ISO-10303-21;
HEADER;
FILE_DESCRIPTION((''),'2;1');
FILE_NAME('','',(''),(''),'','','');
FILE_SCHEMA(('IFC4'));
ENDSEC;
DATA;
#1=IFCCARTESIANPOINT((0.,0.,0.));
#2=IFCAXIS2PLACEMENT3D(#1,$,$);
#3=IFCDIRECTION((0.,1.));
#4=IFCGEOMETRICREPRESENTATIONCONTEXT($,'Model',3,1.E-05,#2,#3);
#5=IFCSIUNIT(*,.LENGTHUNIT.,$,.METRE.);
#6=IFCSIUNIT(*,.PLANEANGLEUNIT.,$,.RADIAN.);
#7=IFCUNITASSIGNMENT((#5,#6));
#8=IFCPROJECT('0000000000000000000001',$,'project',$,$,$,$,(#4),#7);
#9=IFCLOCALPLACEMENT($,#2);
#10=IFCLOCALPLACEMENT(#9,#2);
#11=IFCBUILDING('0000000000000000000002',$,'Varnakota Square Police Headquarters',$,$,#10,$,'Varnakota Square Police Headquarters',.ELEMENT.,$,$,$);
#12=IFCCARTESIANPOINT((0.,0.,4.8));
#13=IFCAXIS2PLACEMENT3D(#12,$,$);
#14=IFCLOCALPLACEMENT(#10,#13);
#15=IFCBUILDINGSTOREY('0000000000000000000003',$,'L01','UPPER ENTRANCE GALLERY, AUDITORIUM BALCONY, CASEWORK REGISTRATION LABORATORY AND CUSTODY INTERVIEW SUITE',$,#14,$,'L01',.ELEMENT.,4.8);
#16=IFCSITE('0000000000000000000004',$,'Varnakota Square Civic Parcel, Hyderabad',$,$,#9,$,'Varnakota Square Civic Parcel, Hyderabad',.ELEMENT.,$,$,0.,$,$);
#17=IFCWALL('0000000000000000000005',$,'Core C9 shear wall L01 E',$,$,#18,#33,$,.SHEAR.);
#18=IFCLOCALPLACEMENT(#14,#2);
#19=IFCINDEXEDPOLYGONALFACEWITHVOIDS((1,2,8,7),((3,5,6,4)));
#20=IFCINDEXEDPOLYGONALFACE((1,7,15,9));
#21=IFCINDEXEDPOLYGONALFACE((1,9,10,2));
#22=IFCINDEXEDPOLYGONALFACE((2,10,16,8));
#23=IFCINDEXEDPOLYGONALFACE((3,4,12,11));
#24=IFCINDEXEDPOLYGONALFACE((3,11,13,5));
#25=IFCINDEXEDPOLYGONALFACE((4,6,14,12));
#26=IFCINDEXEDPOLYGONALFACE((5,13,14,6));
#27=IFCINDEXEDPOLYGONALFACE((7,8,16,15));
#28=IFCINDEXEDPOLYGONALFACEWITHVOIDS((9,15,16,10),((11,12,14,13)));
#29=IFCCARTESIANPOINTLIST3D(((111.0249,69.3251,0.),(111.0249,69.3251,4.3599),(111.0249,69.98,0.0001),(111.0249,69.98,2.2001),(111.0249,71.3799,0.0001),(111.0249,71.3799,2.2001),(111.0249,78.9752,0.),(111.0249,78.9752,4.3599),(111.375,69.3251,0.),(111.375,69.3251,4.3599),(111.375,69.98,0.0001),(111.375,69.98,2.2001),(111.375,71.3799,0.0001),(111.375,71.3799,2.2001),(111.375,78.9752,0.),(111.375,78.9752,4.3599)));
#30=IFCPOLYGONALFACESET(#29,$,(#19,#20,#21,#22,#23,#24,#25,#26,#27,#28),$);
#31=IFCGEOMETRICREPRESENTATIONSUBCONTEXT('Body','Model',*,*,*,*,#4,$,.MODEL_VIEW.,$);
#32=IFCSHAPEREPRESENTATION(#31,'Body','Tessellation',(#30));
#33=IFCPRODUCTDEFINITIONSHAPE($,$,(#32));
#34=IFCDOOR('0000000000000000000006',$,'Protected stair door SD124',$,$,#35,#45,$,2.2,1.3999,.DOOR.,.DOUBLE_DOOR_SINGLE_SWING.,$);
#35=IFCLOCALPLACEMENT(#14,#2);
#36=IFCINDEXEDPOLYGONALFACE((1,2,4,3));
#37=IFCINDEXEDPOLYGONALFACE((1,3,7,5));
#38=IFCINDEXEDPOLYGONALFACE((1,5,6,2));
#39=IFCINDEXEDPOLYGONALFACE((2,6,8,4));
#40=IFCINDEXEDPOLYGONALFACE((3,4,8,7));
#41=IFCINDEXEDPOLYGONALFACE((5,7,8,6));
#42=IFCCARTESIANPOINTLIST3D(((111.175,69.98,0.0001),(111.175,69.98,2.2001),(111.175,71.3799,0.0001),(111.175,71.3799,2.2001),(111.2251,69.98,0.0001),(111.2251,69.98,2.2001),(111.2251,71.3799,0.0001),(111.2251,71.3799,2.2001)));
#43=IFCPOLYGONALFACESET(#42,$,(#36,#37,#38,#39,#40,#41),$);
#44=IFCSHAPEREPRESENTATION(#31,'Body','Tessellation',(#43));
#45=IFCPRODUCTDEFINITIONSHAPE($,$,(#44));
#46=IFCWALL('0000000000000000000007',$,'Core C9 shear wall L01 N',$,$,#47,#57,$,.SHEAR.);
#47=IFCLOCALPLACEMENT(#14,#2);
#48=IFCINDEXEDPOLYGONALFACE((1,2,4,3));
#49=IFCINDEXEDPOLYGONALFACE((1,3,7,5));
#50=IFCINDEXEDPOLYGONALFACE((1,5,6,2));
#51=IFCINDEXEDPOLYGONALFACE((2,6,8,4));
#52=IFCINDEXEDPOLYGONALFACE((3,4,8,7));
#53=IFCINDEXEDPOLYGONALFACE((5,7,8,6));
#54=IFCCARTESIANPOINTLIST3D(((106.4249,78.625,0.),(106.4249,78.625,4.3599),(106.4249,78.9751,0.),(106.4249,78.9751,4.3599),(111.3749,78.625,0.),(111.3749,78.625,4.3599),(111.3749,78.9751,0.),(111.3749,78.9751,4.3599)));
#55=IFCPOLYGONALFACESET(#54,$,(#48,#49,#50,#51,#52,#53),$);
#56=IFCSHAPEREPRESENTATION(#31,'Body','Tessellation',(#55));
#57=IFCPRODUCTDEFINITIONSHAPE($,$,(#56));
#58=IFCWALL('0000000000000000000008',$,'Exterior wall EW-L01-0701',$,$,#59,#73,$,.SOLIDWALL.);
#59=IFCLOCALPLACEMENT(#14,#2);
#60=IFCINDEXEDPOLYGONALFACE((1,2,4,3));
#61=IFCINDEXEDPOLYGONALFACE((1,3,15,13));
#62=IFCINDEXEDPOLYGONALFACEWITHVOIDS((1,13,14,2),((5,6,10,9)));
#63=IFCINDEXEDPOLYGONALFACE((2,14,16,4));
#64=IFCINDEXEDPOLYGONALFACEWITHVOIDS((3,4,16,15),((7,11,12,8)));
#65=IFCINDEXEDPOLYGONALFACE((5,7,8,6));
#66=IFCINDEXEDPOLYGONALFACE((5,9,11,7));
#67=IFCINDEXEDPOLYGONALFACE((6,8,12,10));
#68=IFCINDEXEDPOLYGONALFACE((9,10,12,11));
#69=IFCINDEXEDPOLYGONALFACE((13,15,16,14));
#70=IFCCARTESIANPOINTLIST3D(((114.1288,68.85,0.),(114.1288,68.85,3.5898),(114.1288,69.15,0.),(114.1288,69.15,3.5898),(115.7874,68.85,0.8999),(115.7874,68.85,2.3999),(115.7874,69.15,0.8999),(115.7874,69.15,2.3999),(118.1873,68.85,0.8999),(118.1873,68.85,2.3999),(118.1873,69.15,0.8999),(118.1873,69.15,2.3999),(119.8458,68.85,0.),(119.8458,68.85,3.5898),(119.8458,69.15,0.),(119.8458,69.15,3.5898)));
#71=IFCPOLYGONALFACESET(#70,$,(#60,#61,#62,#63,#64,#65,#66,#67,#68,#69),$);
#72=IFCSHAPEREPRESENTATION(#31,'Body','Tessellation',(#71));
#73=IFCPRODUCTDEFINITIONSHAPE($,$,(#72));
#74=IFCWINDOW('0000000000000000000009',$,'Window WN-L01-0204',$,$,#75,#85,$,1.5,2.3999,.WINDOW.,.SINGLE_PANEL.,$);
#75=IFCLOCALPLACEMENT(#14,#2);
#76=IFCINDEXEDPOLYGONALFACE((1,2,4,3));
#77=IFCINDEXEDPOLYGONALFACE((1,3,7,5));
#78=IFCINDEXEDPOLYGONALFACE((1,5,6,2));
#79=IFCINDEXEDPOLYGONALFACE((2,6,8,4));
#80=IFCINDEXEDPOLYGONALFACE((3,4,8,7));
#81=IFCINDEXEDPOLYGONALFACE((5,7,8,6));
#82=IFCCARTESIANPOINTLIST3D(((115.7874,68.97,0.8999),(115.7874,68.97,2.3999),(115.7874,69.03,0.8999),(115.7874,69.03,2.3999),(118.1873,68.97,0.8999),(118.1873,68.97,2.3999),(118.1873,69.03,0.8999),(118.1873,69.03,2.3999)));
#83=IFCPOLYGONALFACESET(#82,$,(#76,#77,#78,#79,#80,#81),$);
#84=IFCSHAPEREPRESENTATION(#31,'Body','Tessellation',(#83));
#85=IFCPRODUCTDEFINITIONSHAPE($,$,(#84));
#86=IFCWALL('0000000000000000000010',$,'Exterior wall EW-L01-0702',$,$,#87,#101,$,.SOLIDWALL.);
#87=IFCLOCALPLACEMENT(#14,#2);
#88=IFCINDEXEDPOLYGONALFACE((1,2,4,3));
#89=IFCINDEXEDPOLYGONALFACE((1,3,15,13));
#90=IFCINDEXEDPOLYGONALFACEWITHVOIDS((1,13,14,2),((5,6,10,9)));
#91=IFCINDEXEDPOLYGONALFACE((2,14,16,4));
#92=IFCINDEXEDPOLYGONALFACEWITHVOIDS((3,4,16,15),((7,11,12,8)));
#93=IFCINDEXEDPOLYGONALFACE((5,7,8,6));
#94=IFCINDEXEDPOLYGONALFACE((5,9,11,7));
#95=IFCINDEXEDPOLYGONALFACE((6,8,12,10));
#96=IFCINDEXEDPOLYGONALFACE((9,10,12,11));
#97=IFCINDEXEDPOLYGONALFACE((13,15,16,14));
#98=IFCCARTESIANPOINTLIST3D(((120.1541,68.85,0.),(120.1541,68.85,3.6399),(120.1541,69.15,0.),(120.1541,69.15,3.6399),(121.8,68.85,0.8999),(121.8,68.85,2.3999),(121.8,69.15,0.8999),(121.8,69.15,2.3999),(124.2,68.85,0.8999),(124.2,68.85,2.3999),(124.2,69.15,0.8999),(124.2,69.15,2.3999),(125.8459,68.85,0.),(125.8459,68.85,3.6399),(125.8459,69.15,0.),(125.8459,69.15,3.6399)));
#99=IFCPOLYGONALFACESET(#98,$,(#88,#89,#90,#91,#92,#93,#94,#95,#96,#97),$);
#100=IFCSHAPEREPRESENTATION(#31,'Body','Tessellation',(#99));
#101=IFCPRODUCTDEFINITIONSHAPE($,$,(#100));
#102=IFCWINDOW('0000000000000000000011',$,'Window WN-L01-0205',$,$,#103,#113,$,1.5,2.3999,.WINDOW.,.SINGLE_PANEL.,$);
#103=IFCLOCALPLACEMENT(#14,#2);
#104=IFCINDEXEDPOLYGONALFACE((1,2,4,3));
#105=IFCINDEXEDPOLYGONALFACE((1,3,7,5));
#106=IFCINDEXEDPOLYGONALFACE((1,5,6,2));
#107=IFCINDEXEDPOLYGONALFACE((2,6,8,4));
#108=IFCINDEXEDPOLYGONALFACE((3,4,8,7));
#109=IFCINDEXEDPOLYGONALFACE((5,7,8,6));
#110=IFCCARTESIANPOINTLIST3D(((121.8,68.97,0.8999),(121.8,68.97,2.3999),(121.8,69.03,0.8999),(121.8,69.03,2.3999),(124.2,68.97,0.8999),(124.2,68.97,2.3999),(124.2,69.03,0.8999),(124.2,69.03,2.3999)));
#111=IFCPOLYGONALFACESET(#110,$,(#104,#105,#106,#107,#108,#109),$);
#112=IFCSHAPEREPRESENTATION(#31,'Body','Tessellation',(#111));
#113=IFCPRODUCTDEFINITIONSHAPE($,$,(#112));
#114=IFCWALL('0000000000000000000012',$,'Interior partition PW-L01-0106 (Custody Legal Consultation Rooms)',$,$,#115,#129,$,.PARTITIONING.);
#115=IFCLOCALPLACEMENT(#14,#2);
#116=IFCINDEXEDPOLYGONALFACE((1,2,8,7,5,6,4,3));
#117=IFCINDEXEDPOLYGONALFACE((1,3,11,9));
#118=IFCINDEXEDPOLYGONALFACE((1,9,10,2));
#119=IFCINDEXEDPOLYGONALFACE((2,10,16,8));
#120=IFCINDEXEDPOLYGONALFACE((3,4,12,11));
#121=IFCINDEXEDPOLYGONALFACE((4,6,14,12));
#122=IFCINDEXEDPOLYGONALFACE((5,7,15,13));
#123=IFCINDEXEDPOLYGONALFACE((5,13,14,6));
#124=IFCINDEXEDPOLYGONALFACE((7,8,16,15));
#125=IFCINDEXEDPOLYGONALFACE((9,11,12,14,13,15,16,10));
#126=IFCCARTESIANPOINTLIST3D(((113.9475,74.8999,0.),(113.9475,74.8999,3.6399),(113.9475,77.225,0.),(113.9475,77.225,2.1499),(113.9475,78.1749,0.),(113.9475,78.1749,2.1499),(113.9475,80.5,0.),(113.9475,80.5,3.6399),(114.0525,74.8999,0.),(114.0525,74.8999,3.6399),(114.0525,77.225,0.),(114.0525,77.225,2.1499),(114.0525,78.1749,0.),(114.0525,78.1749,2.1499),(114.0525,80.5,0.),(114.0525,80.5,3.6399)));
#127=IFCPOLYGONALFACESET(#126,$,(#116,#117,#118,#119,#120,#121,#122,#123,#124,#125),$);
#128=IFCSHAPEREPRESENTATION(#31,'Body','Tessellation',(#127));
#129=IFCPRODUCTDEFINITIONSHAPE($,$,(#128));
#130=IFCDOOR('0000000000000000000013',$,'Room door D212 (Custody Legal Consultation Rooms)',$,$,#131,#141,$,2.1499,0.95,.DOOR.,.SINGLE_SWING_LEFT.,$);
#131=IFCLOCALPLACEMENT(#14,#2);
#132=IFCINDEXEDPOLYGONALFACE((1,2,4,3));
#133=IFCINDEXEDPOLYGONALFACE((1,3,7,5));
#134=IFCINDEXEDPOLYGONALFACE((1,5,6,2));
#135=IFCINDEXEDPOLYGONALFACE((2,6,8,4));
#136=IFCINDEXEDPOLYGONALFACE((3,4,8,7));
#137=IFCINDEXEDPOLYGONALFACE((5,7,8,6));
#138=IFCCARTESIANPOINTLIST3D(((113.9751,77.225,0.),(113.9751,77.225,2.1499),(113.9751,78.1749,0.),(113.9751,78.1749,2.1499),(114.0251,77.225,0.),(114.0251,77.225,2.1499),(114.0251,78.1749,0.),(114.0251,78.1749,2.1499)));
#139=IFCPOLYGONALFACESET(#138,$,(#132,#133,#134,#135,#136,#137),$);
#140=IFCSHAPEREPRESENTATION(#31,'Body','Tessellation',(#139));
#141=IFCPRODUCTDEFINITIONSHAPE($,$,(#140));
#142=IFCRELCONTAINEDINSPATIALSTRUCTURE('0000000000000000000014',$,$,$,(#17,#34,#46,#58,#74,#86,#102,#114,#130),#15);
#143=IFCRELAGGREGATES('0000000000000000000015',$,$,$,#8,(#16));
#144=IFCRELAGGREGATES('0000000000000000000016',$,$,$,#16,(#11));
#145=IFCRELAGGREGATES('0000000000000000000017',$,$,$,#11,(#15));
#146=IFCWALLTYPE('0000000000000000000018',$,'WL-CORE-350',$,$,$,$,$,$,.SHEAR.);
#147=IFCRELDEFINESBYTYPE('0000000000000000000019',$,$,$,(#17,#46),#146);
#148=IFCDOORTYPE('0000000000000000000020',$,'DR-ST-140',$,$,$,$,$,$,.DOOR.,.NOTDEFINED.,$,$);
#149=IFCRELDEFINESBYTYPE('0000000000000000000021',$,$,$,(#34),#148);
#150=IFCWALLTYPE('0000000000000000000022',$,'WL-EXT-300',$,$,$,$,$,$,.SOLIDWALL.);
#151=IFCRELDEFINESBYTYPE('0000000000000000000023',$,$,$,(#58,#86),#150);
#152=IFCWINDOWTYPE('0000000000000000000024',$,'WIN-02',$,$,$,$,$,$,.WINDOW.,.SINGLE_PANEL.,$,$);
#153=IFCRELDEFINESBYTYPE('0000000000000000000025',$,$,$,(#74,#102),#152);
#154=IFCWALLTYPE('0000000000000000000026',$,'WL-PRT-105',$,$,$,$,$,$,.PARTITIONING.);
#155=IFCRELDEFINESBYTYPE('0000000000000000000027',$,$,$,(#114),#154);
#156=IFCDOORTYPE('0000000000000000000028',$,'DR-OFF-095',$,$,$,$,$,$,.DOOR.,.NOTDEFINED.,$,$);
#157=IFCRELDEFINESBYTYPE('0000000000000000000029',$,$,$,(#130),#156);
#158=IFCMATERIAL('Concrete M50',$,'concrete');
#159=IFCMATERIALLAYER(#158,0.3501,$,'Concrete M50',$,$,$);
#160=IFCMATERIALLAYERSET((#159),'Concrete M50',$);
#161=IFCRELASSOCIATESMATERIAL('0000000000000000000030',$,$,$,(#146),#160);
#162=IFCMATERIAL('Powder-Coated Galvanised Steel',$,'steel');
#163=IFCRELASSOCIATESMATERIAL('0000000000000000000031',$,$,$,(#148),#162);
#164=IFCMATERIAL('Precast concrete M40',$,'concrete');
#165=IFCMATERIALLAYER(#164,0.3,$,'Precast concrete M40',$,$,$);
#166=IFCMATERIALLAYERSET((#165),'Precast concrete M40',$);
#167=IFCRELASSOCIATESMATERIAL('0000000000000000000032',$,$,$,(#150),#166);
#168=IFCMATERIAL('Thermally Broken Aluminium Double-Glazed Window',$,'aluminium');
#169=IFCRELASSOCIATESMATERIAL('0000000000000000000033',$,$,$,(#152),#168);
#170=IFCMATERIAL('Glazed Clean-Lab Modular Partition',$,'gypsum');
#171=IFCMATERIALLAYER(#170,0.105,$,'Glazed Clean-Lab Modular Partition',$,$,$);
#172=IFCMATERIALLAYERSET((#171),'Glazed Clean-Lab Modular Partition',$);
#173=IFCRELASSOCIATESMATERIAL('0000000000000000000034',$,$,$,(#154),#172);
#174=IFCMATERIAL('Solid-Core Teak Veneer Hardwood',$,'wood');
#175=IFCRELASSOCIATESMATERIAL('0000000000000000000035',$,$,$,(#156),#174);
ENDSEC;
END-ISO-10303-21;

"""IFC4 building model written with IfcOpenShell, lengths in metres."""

from ifc_helpers import new_model, si_unit, direction, frame, frame_2d, origin, place, context, subcontext, project, spatial, rectangle, extrude, material, layer, layer_set, type_object, element, fill, save


model = new_model("IFC4")

# Units and contexts
model_context = context("Model", 3, precision=1e-05, world=origin(), true_north=direction((0.0, 1.0)))
body_context = subcontext(model_context, "Body", "Model", "MODEL_VIEW")
ifc_project = project(units=[si_unit("LENGTHUNIT", "METRE"), si_unit("PLANEANGLEUNIT", "RADIAN")], contexts=[model_context])

# Site, building, storey
site_placement = place(None, origin())
site = spatial("IfcSite", under=ifc_project, at=site_placement, Name="Varnakota Square Civic Parcel, Hyderabad", LongName="Varnakota Square Civic Parcel, Hyderabad", CompositionType="ELEMENT", RefElevation=0.0)
building_placement = place(site_placement, origin())
building = spatial("IfcBuilding", under=site, at=building_placement, Name="Varnakota Square Police Headquarters", LongName="Varnakota Square Police Headquarters", CompositionType="ELEMENT")
storey_placement = place(building_placement, frame((0.0, 0.0, 4.8)))
storey = spatial("IfcBuildingStorey", under=building, at=storey_placement, Name="L01", Description="UPPER ENTRANCE GALLERY, AUDITORIUM BALCONY, CASEWORK REGISTRATION LABORATORY AND CUSTODY INTERVIEW SUITE", LongName="L01", CompositionType="ELEMENT", Elevation=4.8)

# Wall, opening, door
ifc_material_1 = material(Name="Concrete M50", Category="concrete")
ifc_layer_1 = layer(ifc_material_1, 0.3501, Name="Concrete M50")
ifc_layer_set_1 = layer_set([ifc_layer_1], Name="Concrete M50")
wall_type_1 = type_object("IfcWallType", Name="WL-CORE-350", PredefinedType="SHEAR", material=ifc_layer_set_1)
wall_1_placement = place(storey_placement, frame((111.2, 69.325, 0.0), z_axis=(0.0, 0.0, 1.0), x_axis=(0.0, 1.0, 0.0)))
wall_1 = element("IfcWall", 1, at=wall_1_placement, inside=storey, type_object=wall_type_1, Name="Core C9 shear wall L01 E", PredefinedType="SHEAR", context=body_context, shape_type="SweptSolid", body=[
    extrude(rectangle(XDim=9.6501, YDim=0.3501, at=frame_2d((4.8252, 0.0))), origin(), (0.0, 0.0, 1.0), 4.3599),
])
opening_1_placement = place(wall_1_placement, frame((0.655, 0.0, 0.0)))
opening_1 = element("IfcOpeningElement", 2, at=opening_1_placement, cuts=wall_1, PredefinedType="OPENING", context=body_context, shape_type="SweptSolid", body=[
    extrude(rectangle(XDim=1.3999, YDim=2.2, at=frame_2d((0.7, 1.1001))), frame((0.0, 0.1851, 0.0), z_axis=(0.0, -1.0, 0.0), x_axis=(1.0, 0.0, 0.0)), (0.0, 0.0, 1.0), 0.3701),
])
ifc_material_2 = material(Name="Powder-Coated Galvanised Steel", Category="steel")
door_type_1 = type_object("IfcDoorType", Name="DR-ST-140", OperationType="NOTDEFINED", PredefinedType="DOOR", material=ifc_material_2)
door_1_placement = place(opening_1_placement, origin())
door_1 = element("IfcDoor", 3, at=door_1_placement, inside=storey, type_object=door_type_1, Name="Protected stair door SD124", OperationType="DOUBLE_DOOR_SINGLE_SWING", OverallHeight=2.2, OverallWidth=1.3999, PredefinedType="DOOR", context=body_context, shape_type="SweptSolid", body=[
    extrude(rectangle(XDim=1.3999, YDim=2.2, at=frame_2d((0.7, 1.1001))), frame((0.0, 0.0249, 0.0), z_axis=(0.0, -1.0, 0.0), x_axis=(1.0, 0.0, 0.0)), (0.0, 0.0, 1.0), 0.05),
])
fill(opening_1, door_1)

# Wall
wall_2_placement = place(storey_placement, frame((111.375, 78.8, 0.0), z_axis=(0.0, 0.0, 1.0), x_axis=(-1.0, 0.0, 0.0)))
element("IfcWall", 4, at=wall_2_placement, inside=storey, type_object=wall_type_1, Name="Core C9 shear wall L01 N", PredefinedType="SHEAR", context=body_context, shape_type="SweptSolid", body=[
    extrude(rectangle(XDim=4.95, YDim=0.3501, at=frame_2d((2.4751, 0.0))), origin(), (0.0, 0.0, 1.0), 4.3599),
])

# Walls, openings, windows
ifc_material_3 = material(Name="Precast concrete M40", Category="concrete")
ifc_layer_2 = layer(ifc_material_3, 0.3, Name="Precast concrete M40")
ifc_layer_set_2 = layer_set([ifc_layer_2], Name="Precast concrete M40")
wall_type_2 = type_object("IfcWallType", Name="WL-EXT-300", PredefinedType="SOLIDWALL", material=ifc_layer_set_2)
wall_3_placement = place(storey_placement, frame((114.1289, 69.0, 0.0), z_axis=(0.0, 0.0, 1.0), x_axis=(1.0, 0.0, 0.0)))
wall_3 = element("IfcWall", 5, at=wall_3_placement, inside=storey, type_object=wall_type_2, Name="Exterior wall EW-L01-0701", PredefinedType="SOLIDWALL", context=body_context, shape_type="SweptSolid", body=[
    extrude(rectangle(XDim=5.717, YDim=0.3, at=frame_2d((2.8584, 0.0))), origin(), (0.0, 0.0, 1.0), 3.5898),
])
opening_2_placement = place(wall_3_placement, frame((1.6584, 0.0, 0.8999)))
opening_2 = element("IfcOpeningElement", 6, at=opening_2_placement, cuts=wall_3, PredefinedType="OPENING", context=body_context, shape_type="SweptSolid", body=[
    extrude(rectangle(XDim=2.3999, YDim=1.5, at=frame_2d((1.2, 0.75))), frame((0.0, 0.1599, 0.0), z_axis=(0.0, -1.0, 0.0), x_axis=(1.0, 0.0, 0.0)), (0.0, 0.0, 1.0), 0.3201),
])
ifc_material_4 = material(Name="Thermally Broken Aluminium Double-Glazed Window", Category="aluminium")
window_type = type_object("IfcWindowType", Name="WIN-02", PartitioningType="SINGLE_PANEL", PredefinedType="WINDOW", material=ifc_material_4)
window_1_placement = place(opening_2_placement, origin())
window_1 = element("IfcWindow", 7, at=window_1_placement, inside=storey, type_object=window_type, Name="Window WN-L01-0204", OverallHeight=1.5, OverallWidth=2.3999, PartitioningType="SINGLE_PANEL", PredefinedType="WINDOW", context=body_context, shape_type="SweptSolid", body=[
    extrude(rectangle(XDim=2.3999, YDim=1.5, at=frame_2d((1.2, 0.75))), frame((0.0, 0.03, 0.0), z_axis=(0.0, -1.0, 0.0), x_axis=(1.0, 0.0, 0.0)), (0.0, 0.0, 1.0), 0.0601),
])
fill(opening_2, window_1)
wall_4_placement = place(storey_placement, frame((120.1541, 69.0, 0.0), z_axis=(0.0, 0.0, 1.0), x_axis=(1.0, 0.0, 0.0)))
wall_4 = element("IfcWall", 8, at=wall_4_placement, inside=storey, type_object=wall_type_2, Name="Exterior wall EW-L01-0702", PredefinedType="SOLIDWALL", context=body_context, shape_type="SweptSolid", body=[
    extrude(rectangle(XDim=5.6919, YDim=0.3, at=frame_2d((2.8459, 0.0))), origin(), (0.0, 0.0, 1.0), 3.6399),
])
opening_3_placement = place(wall_4_placement, frame((1.646, 0.0, 0.8999)))
opening_3 = element("IfcOpeningElement", 9, at=opening_3_placement, cuts=wall_4, PredefinedType="OPENING", context=body_context, shape_type="SweptSolid", body=[
    extrude(rectangle(XDim=2.3999, YDim=1.5, at=frame_2d((1.2, 0.75))), frame((0.0, 0.1599, 0.0), z_axis=(0.0, -1.0, 0.0), x_axis=(1.0, 0.0, 0.0)), (0.0, 0.0, 1.0), 0.3201),
])
window_2_placement = place(opening_3_placement, origin())
window_2 = element("IfcWindow", 10, at=window_2_placement, inside=storey, type_object=window_type, Name="Window WN-L01-0205", OverallHeight=1.5, OverallWidth=2.3999, PartitioningType="SINGLE_PANEL", PredefinedType="WINDOW", context=body_context, shape_type="SweptSolid", body=[
    extrude(rectangle(XDim=2.3999, YDim=1.5, at=frame_2d((1.2, 0.75))), frame((0.0, 0.03, 0.0), z_axis=(0.0, -1.0, 0.0), x_axis=(1.0, 0.0, 0.0)), (0.0, 0.0, 1.0), 0.0601),
])
fill(opening_3, window_2)

# Wall, opening, door
ifc_material_5 = material(Name="Glazed Clean-Lab Modular Partition", Category="gypsum")
ifc_layer_3 = layer(ifc_material_5, 0.105, Name="Glazed Clean-Lab Modular Partition")
ifc_layer_set_3 = layer_set([ifc_layer_3], Name="Glazed Clean-Lab Modular Partition")
wall_type_3 = type_object("IfcWallType", Name="WL-PRT-105", PredefinedType="PARTITIONING", material=ifc_layer_set_3)
wall_5_placement = place(storey_placement, frame((114.0, 74.8999, 0.0), z_axis=(0.0, 0.0, 1.0), x_axis=(0.0, 1.0, 0.0)))
wall_5 = element("IfcWall", 11, at=wall_5_placement, inside=storey, type_object=wall_type_3, Name="Interior partition PW-L01-0106 (Custody Legal Consultation Rooms)", PredefinedType="PARTITIONING", context=body_context, shape_type="SweptSolid", body=[
    extrude(rectangle(XDim=5.6001, YDim=0.105, at=frame_2d((2.8, 0.0))), origin(), (0.0, 0.0, 1.0), 3.6399),
])
opening_4_placement = place(wall_5_placement, frame((2.325, 0.0, 0.0)))
opening_4 = element("IfcOpeningElement", 12, at=opening_4_placement, cuts=wall_5, PredefinedType="OPENING", context=body_context, shape_type="SweptSolid", body=[
    extrude(rectangle(XDim=0.95, YDim=2.1499, at=frame_2d((0.4751, 1.075))), frame((0.0, 0.0625, 0.0), z_axis=(0.0, -1.0, 0.0), x_axis=(1.0, 0.0, 0.0)), (0.0, 0.0, 1.0), 0.125),
])
ifc_material_6 = material(Name="Solid-Core Teak Veneer Hardwood", Category="wood")
door_type_2 = type_object("IfcDoorType", Name="DR-OFF-095", OperationType="NOTDEFINED", PredefinedType="DOOR", material=ifc_material_6)
door_2_placement = place(opening_4_placement, origin())
door_2 = element("IfcDoor", 13, at=door_2_placement, inside=storey, type_object=door_type_2, Name="Room door D212 (Custody Legal Consultation Rooms)", OperationType="SINGLE_SWING_LEFT", OverallHeight=2.1499, OverallWidth=0.95, PredefinedType="DOOR", context=body_context, shape_type="SweptSolid", body=[
    extrude(rectangle(XDim=0.95, YDim=2.1499, at=frame_2d((0.4751, 1.075))), frame((0.0, 0.0249, 0.0), z_axis=(0.0, -1.0, 0.0), x_axis=(1.0, 0.0, 0.0)), (0.0, 0.0, 1.0), 0.05),
])
fill(opening_4, door_2)

save(model, "model.ifc")
